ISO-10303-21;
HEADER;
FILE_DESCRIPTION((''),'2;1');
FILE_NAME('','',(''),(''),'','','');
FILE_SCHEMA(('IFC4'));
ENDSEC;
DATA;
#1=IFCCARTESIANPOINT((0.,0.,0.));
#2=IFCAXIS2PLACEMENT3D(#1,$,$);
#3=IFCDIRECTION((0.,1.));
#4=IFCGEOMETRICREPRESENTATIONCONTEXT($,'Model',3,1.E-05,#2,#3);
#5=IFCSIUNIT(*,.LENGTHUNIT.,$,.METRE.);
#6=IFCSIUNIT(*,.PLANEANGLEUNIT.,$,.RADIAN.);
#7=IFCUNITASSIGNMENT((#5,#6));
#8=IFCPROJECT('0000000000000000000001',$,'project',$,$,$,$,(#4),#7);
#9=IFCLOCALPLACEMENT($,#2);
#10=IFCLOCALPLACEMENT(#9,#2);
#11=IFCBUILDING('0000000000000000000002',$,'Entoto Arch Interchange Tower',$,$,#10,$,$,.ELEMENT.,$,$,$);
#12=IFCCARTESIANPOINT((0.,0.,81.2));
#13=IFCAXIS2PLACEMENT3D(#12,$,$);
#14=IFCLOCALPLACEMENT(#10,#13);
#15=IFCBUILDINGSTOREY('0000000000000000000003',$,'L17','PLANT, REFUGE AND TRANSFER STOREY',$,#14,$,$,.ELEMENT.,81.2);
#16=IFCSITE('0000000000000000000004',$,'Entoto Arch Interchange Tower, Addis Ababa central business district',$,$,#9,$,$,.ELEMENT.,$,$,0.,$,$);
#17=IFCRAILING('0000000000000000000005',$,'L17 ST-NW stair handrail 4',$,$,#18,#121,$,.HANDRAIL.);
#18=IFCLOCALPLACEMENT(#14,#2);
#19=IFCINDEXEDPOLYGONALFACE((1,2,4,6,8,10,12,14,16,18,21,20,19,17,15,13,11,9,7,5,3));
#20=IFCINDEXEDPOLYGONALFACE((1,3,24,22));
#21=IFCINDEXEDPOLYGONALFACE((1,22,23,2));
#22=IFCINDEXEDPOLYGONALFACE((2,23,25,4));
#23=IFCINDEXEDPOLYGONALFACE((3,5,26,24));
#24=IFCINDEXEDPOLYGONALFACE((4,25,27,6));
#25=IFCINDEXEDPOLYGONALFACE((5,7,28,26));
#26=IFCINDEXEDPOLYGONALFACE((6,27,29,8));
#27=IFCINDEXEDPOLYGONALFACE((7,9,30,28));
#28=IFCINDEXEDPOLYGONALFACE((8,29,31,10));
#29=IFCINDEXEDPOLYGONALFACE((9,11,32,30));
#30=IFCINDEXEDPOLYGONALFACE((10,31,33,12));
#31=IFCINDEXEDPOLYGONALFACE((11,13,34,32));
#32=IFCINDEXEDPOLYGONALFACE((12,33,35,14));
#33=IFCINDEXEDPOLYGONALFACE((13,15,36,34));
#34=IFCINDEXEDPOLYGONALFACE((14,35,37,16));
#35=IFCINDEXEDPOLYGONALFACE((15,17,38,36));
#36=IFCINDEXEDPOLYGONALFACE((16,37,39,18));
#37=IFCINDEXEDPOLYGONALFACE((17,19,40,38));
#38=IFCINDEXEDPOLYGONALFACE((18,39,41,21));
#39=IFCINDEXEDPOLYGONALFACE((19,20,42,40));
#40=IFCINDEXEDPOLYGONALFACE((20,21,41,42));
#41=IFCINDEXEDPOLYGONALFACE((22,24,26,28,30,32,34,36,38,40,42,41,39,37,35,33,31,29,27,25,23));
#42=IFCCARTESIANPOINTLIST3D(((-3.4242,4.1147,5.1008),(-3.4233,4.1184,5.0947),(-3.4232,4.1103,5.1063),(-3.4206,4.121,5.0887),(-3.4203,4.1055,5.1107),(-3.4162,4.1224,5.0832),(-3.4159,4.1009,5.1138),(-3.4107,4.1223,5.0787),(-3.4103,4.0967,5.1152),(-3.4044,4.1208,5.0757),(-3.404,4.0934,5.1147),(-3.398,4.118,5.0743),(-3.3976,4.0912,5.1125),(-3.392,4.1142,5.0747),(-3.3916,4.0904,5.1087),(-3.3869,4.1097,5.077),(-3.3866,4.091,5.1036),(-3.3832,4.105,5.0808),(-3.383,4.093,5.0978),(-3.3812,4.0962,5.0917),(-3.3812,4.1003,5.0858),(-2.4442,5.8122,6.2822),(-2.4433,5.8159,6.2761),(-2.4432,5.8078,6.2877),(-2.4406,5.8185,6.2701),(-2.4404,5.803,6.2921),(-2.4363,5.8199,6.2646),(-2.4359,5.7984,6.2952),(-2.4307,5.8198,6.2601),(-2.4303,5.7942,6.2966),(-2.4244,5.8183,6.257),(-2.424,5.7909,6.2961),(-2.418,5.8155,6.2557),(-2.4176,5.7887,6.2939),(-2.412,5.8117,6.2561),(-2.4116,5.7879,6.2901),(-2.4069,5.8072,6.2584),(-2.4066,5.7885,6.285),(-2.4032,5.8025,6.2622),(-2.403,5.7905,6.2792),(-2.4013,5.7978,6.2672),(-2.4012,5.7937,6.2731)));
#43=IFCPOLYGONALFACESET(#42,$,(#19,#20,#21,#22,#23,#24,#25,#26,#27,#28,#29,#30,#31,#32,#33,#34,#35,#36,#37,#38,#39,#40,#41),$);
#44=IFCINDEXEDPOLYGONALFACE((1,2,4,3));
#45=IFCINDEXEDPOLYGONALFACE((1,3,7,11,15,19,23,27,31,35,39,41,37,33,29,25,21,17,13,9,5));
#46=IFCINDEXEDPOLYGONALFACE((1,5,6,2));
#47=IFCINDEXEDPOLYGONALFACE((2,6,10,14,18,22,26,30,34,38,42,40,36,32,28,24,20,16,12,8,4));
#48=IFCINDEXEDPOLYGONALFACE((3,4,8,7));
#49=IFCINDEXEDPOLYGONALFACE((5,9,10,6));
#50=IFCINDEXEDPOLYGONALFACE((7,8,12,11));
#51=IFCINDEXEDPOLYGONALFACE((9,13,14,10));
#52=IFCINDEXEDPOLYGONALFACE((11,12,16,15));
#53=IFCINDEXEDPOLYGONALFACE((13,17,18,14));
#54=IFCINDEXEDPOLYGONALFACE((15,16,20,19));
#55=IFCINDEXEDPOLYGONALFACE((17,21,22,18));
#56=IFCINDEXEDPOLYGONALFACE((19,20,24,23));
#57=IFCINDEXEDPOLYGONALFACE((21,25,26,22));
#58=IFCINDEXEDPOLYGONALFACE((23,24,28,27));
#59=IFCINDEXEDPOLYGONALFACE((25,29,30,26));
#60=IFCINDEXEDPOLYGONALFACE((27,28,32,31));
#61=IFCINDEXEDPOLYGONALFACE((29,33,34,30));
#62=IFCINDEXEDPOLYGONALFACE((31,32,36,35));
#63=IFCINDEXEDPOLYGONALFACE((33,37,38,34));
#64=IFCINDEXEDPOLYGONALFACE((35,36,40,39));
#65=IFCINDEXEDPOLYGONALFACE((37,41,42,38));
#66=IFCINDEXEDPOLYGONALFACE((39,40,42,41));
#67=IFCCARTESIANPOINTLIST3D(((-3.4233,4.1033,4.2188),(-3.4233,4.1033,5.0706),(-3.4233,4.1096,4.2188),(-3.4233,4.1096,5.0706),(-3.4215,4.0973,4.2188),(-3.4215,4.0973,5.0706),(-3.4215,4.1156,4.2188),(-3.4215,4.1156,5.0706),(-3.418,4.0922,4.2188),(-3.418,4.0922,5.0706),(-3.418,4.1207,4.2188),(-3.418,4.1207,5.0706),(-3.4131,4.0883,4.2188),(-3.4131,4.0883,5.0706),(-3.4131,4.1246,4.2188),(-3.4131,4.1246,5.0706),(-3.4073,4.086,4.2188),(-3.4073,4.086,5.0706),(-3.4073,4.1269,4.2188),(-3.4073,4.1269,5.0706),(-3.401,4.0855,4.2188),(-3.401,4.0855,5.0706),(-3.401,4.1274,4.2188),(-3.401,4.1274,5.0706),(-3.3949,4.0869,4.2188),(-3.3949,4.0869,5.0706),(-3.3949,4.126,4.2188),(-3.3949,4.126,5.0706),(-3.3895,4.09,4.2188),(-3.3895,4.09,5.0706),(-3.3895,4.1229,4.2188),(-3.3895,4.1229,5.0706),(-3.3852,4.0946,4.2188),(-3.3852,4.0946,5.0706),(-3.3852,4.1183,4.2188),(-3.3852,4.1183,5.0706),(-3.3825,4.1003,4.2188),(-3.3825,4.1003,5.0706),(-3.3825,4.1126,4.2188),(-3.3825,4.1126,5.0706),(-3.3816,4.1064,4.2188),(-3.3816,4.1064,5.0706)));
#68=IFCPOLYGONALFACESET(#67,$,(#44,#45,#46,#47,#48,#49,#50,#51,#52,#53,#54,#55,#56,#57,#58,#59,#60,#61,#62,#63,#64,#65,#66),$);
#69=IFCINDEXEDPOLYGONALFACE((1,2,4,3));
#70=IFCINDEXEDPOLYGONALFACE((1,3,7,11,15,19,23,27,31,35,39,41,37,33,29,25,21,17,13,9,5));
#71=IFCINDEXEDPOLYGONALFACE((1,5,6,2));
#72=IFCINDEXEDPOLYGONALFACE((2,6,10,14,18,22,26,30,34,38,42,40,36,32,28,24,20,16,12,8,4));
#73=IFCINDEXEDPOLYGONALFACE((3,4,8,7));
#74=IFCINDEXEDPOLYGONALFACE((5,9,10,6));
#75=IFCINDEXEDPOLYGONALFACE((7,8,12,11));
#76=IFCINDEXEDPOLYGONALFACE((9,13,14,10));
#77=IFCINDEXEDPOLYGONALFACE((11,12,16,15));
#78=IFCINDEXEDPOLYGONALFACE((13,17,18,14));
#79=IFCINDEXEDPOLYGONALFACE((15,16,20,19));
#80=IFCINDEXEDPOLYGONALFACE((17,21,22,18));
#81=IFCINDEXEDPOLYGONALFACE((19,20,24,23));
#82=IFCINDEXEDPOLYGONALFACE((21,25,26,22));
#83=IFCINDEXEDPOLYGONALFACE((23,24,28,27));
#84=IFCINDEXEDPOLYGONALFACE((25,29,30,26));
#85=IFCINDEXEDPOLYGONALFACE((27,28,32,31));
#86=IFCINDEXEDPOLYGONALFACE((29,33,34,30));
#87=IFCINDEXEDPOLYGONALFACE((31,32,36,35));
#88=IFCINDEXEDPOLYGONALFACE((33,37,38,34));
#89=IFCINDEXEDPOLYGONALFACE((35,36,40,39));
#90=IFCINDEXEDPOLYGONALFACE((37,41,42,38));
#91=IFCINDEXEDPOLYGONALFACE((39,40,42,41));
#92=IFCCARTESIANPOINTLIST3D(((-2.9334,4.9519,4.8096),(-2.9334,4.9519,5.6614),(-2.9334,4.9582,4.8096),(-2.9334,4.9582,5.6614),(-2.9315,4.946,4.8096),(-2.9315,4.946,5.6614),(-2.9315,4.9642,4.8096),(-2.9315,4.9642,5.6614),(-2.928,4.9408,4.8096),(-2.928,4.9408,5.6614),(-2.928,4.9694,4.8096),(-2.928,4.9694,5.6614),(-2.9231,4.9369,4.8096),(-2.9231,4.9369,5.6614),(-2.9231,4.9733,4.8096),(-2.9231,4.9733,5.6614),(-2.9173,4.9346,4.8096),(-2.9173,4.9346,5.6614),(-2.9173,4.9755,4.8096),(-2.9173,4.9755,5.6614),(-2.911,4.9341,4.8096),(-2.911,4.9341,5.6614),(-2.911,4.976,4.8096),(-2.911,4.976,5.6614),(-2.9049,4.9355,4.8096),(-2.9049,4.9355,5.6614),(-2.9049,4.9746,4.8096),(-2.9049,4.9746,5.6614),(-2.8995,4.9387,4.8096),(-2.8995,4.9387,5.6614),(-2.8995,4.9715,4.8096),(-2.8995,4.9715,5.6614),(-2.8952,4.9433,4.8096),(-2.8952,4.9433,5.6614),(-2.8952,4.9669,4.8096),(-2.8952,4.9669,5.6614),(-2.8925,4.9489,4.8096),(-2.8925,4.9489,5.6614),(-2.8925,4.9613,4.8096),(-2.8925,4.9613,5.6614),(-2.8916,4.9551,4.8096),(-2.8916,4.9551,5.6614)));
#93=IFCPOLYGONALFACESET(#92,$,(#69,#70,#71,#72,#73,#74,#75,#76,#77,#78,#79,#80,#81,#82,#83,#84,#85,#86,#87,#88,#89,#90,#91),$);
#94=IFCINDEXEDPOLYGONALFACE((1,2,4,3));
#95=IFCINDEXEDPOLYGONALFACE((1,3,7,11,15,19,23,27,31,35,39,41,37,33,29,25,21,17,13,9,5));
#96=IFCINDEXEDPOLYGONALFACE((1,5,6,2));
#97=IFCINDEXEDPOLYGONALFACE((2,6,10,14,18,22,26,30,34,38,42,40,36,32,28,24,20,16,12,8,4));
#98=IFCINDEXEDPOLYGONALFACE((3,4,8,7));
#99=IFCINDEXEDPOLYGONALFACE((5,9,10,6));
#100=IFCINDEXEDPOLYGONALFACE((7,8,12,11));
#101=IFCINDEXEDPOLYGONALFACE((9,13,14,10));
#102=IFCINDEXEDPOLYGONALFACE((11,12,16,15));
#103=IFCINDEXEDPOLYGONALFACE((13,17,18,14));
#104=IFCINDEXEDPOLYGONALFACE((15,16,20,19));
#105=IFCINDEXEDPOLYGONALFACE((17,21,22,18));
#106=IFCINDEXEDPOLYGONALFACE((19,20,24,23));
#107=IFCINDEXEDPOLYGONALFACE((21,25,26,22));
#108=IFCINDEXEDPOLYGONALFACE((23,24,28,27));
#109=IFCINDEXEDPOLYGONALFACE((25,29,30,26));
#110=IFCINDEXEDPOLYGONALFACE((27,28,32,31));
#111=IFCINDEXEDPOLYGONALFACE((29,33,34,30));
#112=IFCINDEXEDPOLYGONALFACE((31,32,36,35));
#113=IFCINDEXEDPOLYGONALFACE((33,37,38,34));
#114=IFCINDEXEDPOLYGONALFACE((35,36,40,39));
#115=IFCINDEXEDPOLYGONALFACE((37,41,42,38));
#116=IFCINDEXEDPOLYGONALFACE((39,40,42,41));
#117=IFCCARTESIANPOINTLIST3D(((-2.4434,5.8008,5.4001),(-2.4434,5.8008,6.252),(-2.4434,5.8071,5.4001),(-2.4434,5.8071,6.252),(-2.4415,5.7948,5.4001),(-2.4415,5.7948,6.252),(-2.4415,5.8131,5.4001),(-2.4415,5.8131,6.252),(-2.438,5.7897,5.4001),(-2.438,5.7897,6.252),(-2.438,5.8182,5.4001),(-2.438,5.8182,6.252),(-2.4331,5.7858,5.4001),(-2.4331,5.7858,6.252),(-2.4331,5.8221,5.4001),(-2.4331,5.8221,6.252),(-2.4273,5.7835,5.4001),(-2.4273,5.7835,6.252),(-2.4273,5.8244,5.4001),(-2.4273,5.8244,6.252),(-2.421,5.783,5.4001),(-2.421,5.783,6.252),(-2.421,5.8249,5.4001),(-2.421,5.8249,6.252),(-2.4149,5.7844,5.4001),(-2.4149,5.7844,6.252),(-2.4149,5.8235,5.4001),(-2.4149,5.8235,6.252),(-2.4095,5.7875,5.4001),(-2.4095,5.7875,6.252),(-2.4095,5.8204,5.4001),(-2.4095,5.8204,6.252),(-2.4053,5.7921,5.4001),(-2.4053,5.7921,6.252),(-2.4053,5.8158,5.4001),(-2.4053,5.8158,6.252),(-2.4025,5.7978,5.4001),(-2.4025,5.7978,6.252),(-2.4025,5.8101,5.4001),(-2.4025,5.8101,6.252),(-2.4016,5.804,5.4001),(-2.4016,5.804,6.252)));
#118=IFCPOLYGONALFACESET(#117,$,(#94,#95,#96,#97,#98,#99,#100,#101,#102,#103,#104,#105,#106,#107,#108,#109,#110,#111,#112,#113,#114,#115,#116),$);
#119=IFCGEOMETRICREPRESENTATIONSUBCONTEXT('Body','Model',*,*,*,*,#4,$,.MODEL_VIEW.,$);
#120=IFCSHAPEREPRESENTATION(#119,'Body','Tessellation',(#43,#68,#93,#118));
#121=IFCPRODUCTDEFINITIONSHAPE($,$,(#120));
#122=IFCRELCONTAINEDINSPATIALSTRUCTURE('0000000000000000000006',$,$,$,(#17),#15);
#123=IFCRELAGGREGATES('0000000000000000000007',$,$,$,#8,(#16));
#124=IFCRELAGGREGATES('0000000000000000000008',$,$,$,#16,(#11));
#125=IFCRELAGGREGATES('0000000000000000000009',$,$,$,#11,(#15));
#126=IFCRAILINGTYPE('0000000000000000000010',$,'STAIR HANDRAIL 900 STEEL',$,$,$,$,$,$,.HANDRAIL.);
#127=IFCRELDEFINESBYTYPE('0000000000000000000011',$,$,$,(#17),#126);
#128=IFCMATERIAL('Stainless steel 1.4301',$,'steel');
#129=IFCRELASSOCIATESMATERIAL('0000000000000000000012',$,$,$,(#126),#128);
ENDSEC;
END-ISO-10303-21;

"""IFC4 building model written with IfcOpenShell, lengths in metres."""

from ifc_helpers import new_model, si_unit, direction, frame, origin, origin_2d, place, context, subcontext, project, spatial, circle, extrude, material, type_object, element, save


model = new_model("IFC4")

# Units and contexts
model_context = context("Model", 3, precision=1e-05, world=origin(), true_north=direction((0.0, 1.0)))
body_context = subcontext(model_context, "Body", "Model", "MODEL_VIEW")
ifc_project = project(units=[si_unit("LENGTHUNIT", "METRE"), si_unit("PLANEANGLEUNIT", "RADIAN")], contexts=[model_context])

# Site, building, storey
site_placement = place(None, origin())
site = spatial("IfcSite", under=ifc_project, at=site_placement, Name="Entoto Arch Interchange Tower, Addis Ababa central business district", CompositionType="ELEMENT", RefElevation=0.0)
building_placement = place(site_placement, origin())
building = spatial("IfcBuilding", under=site, at=building_placement, Name="Entoto Arch Interchange Tower", CompositionType="ELEMENT")
storey_placement = place(building_placement, frame((0.0, 0.0, 81.2)))
storey = spatial("IfcBuildingStorey", under=building, at=storey_placement, Name="L17", Description="PLANT, REFUGE AND TRANSFER STOREY", CompositionType="ELEMENT", Elevation=81.2)

# Railing
ifc_material_1 = material(Name="Stainless steel 1.4301", Category="steel")
railing_type_1 = type_object("IfcRailingType", Name="STAIR HANDRAIL 900 STEEL", PredefinedType="HANDRAIL", material=ifc_material_1)
railing_1_placement = place(storey_placement, frame((-3.4026, 4.1064, 4.2188)))
element("IfcRailing", 1, at=railing_1_placement, inside=storey, type_object=railing_type_1, Name="L17 ST-NW stair handrail 4", PredefinedType="HANDRAIL", context=body_context, shape_type="SweptSolid", body=[
    extrude(circle(Radius=0.0239, at=origin_2d()), frame((0.0, 0.0, 0.876), z_axis=(0.428205, 0.741731, 0.516214), x_axis=(-0.866042, 0.49997, 0.0)), (0.0, 0.0, 1.0), 2.2886),
    extrude(circle(Radius=0.021, at=origin_2d()), origin(), (0.0, 0.0, 1.0), 0.8518),
    extrude(circle(Radius=0.021, at=origin_2d()), frame((0.49, 0.8486, 0.5908)), (0.0, 0.0, 1.0), 0.8518),
    extrude(circle(Radius=0.021, at=origin_2d()), frame((0.98, 1.6975, 1.1814)), (0.0, 0.0, 1.0), 0.8518),
])

save(model, "model.ifc")
